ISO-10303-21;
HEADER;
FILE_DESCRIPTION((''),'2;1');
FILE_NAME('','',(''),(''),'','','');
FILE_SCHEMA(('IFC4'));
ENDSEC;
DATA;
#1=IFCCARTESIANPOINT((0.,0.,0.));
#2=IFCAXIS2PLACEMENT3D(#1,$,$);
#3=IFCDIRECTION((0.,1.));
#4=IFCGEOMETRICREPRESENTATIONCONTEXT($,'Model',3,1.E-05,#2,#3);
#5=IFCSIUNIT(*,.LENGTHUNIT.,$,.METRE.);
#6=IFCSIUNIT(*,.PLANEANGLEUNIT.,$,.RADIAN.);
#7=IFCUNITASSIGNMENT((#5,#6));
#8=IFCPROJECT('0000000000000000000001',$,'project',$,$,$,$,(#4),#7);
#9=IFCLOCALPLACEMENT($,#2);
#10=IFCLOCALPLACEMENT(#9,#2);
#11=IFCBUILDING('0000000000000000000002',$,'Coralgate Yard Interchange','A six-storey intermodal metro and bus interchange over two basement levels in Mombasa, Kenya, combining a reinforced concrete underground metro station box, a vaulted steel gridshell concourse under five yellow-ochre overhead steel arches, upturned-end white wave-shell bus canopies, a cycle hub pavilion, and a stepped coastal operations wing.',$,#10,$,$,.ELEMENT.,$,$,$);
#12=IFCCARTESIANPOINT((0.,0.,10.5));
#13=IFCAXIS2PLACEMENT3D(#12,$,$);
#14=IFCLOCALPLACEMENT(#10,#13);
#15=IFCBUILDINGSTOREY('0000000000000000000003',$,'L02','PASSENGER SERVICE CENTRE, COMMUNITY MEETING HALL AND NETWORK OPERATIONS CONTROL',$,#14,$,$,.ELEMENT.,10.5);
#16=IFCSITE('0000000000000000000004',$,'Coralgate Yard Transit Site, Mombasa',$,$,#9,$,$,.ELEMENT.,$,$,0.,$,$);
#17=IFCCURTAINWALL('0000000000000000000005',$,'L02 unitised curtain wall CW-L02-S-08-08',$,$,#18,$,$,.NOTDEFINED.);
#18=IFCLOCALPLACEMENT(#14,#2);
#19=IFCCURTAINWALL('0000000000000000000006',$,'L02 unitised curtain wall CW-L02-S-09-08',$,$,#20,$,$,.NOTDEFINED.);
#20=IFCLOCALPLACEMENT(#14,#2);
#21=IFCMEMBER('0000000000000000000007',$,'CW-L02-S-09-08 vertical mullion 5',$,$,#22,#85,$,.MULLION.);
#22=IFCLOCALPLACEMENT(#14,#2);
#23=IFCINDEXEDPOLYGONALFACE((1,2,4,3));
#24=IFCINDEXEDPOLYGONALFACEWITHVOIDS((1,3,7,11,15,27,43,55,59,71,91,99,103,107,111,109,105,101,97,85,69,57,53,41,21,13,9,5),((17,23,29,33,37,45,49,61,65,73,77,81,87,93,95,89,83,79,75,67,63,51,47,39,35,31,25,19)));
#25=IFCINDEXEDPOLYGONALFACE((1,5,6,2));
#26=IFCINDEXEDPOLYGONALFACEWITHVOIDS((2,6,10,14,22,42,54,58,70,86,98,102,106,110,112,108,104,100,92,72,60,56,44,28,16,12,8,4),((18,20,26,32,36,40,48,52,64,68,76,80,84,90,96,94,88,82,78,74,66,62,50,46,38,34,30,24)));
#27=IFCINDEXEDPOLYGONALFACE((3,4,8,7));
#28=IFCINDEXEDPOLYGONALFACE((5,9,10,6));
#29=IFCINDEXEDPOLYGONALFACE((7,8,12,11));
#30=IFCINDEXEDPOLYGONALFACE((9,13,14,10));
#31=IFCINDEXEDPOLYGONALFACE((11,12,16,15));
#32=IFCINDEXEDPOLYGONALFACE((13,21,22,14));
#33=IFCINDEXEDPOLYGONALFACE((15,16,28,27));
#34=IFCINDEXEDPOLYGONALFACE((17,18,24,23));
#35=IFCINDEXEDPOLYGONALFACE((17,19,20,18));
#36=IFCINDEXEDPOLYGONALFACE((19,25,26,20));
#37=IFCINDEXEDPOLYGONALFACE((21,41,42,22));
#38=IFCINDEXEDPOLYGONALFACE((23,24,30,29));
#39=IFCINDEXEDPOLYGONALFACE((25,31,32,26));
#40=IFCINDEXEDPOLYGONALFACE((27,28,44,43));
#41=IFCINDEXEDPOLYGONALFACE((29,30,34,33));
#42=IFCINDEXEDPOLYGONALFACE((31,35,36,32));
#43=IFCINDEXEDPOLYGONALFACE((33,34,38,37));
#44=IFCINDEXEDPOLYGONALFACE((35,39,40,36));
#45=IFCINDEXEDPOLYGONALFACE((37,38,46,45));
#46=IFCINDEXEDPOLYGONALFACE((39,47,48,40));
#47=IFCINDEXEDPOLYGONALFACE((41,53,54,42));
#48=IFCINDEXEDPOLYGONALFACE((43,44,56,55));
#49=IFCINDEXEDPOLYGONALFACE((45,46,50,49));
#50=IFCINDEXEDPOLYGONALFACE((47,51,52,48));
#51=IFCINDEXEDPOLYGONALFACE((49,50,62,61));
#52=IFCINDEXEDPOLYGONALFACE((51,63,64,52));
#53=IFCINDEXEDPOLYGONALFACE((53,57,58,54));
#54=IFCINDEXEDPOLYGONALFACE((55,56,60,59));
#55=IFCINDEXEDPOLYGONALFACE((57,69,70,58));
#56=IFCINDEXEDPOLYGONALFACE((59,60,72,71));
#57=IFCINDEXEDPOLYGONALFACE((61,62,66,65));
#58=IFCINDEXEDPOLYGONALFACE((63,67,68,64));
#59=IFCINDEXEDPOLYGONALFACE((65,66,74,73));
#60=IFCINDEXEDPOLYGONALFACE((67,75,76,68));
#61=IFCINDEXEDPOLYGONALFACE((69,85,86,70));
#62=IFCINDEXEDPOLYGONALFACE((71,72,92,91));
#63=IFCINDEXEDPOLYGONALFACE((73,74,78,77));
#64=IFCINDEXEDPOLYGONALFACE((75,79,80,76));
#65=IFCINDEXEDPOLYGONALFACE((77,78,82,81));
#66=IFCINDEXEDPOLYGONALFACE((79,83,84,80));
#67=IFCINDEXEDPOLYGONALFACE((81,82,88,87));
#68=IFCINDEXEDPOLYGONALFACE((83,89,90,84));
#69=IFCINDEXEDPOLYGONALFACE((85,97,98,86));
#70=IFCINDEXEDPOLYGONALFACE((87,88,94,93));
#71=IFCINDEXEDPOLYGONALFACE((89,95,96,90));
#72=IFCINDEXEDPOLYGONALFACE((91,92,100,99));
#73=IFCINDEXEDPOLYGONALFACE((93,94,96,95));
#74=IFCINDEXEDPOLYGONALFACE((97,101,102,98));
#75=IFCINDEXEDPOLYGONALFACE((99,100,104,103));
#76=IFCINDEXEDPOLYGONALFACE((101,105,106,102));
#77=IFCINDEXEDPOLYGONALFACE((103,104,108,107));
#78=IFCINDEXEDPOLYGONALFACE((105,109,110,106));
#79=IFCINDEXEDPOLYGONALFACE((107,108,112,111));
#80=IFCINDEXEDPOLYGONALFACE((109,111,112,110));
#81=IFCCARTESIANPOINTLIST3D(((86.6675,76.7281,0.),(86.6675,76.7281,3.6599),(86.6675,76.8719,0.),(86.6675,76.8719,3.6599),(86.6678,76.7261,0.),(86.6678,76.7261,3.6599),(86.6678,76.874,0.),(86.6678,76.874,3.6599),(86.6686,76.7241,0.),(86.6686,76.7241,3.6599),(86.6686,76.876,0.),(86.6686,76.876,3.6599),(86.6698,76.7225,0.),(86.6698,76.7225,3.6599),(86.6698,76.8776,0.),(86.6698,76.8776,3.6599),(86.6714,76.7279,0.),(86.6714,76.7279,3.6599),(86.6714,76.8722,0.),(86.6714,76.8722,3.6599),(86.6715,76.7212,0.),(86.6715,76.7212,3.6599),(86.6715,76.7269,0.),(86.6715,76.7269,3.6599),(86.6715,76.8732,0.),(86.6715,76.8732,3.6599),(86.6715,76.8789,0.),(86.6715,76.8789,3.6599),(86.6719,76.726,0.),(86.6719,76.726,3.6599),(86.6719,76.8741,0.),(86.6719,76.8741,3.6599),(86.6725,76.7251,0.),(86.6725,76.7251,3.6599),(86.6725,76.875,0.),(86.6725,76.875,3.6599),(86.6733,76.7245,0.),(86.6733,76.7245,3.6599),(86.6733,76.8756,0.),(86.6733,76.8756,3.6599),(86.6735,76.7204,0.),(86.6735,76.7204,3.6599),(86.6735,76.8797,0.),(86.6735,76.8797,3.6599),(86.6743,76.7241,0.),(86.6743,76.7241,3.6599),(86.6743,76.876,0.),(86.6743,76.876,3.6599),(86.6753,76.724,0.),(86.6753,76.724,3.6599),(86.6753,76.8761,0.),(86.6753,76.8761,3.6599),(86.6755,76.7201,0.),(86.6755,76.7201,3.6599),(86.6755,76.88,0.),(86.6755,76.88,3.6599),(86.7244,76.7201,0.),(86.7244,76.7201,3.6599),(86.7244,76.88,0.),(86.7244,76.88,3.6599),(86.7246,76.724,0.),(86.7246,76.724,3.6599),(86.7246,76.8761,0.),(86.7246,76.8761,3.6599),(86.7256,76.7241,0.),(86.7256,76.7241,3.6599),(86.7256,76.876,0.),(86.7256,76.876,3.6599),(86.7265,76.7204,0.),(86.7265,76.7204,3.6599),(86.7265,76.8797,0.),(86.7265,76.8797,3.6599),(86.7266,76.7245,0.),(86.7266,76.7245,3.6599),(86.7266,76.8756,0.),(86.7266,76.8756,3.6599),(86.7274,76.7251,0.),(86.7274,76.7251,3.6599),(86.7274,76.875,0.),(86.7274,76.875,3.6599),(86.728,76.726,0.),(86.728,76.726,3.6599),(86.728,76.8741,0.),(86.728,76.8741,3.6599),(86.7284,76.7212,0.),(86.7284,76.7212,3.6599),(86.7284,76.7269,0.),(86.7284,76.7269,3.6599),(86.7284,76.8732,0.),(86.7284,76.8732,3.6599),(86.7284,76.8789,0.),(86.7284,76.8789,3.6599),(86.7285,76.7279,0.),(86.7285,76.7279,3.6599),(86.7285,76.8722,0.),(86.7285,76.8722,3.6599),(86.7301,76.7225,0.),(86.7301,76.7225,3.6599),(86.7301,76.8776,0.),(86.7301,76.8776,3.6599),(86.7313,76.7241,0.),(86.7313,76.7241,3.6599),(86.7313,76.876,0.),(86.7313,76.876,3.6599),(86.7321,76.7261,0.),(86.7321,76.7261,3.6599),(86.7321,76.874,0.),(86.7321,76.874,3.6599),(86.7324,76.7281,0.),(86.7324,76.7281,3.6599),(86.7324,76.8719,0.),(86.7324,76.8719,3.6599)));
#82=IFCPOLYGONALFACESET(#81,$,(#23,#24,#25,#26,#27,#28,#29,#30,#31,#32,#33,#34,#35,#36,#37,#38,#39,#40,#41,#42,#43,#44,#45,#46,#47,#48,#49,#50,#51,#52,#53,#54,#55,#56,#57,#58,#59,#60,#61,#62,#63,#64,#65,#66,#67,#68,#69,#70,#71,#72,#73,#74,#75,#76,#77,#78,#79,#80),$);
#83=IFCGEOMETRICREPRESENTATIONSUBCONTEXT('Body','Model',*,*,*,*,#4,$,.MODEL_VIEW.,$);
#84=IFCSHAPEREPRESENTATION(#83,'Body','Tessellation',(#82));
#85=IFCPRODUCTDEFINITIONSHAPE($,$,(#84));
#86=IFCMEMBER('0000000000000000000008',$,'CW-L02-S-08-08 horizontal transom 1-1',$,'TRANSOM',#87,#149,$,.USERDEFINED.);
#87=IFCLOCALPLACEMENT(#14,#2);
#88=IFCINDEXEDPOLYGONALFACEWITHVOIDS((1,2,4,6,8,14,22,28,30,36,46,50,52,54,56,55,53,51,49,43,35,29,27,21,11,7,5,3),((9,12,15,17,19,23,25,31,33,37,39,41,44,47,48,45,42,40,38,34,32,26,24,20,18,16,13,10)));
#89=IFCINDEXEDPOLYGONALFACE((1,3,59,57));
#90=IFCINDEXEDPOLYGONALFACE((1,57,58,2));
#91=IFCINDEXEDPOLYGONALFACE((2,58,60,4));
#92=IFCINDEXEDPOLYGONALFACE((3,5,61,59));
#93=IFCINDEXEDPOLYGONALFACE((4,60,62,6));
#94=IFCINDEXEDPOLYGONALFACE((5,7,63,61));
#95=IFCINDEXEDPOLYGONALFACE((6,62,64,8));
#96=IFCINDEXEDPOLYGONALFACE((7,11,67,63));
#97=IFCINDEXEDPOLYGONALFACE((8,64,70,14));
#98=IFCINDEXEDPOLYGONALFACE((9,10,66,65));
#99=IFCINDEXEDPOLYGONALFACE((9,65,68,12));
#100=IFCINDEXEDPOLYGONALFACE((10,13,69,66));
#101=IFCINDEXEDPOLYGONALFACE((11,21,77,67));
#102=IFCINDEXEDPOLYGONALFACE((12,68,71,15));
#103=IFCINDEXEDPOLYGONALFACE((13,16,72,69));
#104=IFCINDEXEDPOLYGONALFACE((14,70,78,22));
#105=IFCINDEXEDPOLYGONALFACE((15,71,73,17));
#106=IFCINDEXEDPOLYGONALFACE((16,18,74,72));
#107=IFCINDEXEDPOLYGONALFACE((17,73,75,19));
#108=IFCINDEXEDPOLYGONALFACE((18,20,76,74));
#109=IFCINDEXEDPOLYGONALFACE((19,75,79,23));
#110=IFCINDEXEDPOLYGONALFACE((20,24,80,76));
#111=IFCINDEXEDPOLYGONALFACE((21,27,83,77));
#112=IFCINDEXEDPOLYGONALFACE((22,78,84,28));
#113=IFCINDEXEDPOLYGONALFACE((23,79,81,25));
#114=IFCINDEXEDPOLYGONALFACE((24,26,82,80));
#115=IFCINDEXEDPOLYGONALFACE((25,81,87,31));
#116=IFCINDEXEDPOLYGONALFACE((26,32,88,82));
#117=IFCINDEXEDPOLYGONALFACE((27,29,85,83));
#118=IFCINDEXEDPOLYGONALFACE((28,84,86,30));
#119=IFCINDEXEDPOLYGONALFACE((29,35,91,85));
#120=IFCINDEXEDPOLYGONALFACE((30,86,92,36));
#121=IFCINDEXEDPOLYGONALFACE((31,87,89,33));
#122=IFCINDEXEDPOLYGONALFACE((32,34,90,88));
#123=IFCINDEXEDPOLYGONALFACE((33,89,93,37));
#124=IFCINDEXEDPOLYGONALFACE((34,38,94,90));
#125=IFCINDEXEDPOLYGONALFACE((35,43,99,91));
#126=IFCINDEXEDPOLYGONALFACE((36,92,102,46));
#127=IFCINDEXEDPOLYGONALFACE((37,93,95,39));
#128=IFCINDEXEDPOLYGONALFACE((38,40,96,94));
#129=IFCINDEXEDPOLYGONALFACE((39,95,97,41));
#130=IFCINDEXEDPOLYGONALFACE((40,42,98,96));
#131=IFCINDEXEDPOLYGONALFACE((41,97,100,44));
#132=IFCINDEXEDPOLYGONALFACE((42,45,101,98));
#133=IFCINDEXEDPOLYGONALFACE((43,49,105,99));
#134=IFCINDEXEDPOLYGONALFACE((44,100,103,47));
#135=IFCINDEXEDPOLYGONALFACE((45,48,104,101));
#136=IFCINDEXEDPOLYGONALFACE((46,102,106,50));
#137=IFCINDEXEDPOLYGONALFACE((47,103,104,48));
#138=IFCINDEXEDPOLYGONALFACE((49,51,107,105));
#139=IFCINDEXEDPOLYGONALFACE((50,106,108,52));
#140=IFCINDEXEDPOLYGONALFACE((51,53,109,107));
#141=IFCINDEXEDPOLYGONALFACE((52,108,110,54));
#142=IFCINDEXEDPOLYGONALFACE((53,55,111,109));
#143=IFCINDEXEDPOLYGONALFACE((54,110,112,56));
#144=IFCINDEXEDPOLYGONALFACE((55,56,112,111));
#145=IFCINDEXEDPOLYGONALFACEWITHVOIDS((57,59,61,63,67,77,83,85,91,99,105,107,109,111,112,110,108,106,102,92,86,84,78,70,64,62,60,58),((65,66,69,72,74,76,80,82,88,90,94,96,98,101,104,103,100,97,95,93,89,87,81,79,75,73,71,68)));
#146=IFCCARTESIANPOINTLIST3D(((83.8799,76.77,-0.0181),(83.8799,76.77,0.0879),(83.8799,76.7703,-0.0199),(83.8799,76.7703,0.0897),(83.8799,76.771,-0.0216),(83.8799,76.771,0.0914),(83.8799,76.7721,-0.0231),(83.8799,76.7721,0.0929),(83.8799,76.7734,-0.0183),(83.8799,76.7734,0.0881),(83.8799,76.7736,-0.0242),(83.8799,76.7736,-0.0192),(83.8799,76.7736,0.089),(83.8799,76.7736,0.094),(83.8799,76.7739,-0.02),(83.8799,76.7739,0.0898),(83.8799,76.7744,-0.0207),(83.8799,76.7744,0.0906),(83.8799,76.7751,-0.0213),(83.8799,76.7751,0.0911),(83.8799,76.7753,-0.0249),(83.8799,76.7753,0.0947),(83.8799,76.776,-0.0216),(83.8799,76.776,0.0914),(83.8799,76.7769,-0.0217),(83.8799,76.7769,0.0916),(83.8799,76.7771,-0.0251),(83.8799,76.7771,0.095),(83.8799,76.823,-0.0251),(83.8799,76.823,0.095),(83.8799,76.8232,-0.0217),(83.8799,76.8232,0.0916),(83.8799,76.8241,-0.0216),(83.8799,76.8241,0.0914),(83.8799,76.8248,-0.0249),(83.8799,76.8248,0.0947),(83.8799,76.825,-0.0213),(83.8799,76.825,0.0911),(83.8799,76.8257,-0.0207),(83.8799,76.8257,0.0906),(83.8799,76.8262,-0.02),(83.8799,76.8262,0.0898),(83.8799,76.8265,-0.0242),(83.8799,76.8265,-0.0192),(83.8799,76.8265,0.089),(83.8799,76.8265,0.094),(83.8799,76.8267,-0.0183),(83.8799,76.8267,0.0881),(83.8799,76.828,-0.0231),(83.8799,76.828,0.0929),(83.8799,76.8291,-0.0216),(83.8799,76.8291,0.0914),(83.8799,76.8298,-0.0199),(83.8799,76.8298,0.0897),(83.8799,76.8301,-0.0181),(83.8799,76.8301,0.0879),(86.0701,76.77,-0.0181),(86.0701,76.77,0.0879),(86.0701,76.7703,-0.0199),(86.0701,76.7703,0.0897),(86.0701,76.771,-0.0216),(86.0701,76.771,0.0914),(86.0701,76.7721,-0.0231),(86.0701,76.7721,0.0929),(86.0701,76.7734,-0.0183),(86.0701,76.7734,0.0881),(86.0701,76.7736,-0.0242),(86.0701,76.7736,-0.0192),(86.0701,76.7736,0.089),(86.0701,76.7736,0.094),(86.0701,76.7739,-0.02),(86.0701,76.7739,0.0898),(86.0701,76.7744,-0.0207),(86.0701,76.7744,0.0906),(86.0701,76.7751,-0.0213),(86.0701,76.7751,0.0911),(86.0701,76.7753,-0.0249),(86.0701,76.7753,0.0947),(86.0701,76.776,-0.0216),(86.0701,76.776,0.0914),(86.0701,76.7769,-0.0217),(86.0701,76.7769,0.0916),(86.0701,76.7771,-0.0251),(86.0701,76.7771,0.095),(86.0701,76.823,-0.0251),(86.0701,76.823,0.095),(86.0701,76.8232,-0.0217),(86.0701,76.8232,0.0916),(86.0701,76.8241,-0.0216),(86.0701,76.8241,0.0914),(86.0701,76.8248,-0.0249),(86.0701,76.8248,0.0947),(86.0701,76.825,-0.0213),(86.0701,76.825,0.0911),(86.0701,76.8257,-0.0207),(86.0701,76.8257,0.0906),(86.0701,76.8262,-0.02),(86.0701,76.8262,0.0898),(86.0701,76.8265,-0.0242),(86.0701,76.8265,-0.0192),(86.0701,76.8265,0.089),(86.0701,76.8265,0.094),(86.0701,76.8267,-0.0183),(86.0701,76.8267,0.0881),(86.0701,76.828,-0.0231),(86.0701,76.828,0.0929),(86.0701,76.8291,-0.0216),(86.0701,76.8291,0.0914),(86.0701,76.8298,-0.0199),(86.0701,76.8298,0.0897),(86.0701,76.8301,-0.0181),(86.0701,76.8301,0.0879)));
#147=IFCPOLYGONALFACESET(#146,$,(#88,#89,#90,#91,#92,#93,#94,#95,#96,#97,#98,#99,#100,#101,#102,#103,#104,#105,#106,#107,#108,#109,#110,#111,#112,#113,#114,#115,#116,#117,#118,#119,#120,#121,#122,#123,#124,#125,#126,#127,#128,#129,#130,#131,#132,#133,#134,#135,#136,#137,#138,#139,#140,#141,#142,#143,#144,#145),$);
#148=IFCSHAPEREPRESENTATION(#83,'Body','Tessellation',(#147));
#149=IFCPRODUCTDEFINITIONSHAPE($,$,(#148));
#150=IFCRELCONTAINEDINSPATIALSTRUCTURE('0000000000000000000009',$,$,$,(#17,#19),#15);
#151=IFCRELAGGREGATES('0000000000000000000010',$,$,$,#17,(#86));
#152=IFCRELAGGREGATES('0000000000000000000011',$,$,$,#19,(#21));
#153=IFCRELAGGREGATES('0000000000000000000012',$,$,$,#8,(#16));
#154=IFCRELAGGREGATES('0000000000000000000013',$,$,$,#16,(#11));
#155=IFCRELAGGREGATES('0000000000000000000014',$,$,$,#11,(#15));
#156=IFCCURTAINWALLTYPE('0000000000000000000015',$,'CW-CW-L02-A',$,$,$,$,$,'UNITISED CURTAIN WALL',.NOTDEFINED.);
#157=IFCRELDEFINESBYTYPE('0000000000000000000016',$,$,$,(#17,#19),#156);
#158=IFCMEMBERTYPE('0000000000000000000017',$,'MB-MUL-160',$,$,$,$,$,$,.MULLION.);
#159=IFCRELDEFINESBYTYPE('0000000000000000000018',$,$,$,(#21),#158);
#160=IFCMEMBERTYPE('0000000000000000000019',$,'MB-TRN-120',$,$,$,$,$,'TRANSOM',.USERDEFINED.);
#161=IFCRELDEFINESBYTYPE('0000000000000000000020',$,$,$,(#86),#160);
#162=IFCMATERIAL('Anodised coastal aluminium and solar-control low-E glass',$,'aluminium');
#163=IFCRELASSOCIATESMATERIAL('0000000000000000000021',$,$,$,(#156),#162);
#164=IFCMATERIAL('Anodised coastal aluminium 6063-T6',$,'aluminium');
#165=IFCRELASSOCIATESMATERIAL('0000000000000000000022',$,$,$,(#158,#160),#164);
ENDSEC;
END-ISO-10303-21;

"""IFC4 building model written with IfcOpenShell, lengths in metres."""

from ifc_helpers import new_model, si_unit, direction, frame, origin, origin_2d, place, context, subcontext, project, spatial, hollow_rectangle, extrude, material, material_profile, profile_set, type_object, element, aggregate, save


model = new_model("IFC4")

# Units and contexts
model_context = context("Model", 3, precision=1e-05, world=origin(), true_north=direction((0.0, 1.0)))
body_context = subcontext(model_context, "Body", "Model", "MODEL_VIEW")
ifc_project = project(units=[si_unit("LENGTHUNIT", "METRE"), si_unit("PLANEANGLEUNIT", "RADIAN")], contexts=[model_context])

# Site, building, storey
site_placement = place(None, origin())
site = spatial("IfcSite", under=ifc_project, at=site_placement, Name="Coralgate Yard Transit Site, Mombasa", CompositionType="ELEMENT", RefElevation=0.0)
building_placement = place(site_placement, origin())
building = spatial("IfcBuilding", under=site, at=building_placement, Name="Coralgate Yard Interchange", Description="A six-storey intermodal metro and bus interchange over two basement levels in Mombasa, Kenya, combining a reinforced concrete underground metro station box, a vaulted steel gridshell concourse under five yellow-ochre overhead steel arches, upturned-end white wave-shell bus canopies, a cycle hub pavilion, and a stepped coastal operations wing.", CompositionType="ELEMENT")
storey_placement = place(building_placement, frame((0.0, 0.0, 10.5)))
storey = spatial("IfcBuildingStorey", under=building, at=storey_placement, Name="L02", Description="PASSENGER SERVICE CENTRE, COMMUNITY MEETING HALL AND NETWORK OPERATIONS CONTROL", CompositionType="ELEMENT", Elevation=10.5)

# Curtain walls, member
ifc_material_1 = material(Name="Anodised coastal aluminium and solar-control low-E glass", Category="aluminium")
curtain_wall_type = type_object("IfcCurtainWallType", Name="CW-CW-L02-A", ElementType="UNITISED CURTAIN WALL", PredefinedType="NOTDEFINED", material=ifc_material_1)
curtain_wall_1_placement = place(storey_placement, origin())
curtain_wall_1 = element("IfcCurtainWall", 1, at=curtain_wall_1_placement, inside=storey, type_object=curtain_wall_type, Name="L02 unitised curtain wall CW-L02-S-08-08", PredefinedType="NOTDEFINED")
ifc_material_2 = material(Name="Anodised coastal aluminium 6063-T6", Category="aluminium")
ifc_material_profile_1 = material_profile(ifc_material_2, hollow_rectangle(XDim=0.0649, YDim=0.1599, WallThickness=0.0039, InnerFilletRadius=0.0039, OuterFilletRadius=0.0081, at=origin_2d()), Name="ALU 65x160x4")
ifc_profile_set_1 = profile_set([ifc_material_profile_1], Name="Anodised coastal aluminium 6063-T6")
member_type_1 = type_object("IfcMemberType", Name="MB-MUL-160", PredefinedType="MULLION", material=ifc_profile_set_1)
curtain_wall_2_placement = place(storey_placement, origin())
curtain_wall_2 = element("IfcCurtainWall", 2, at=curtain_wall_2_placement, inside=storey, type_object=curtain_wall_type, Name="L02 unitised curtain wall CW-L02-S-09-08", PredefinedType="NOTDEFINED")
member_1_placement = place(storey_placement, frame((86.7, 76.8, 0.0), z_axis=(0.0, 0.0, 1.0), x_axis=(1.0, 0.0, 0.0)))
member_1 = element("IfcMember", 3, at=member_1_placement, type_object=member_type_1, Name="CW-L02-S-09-08 vertical mullion 5", PredefinedType="MULLION", context=body_context, shape_type="SweptSolid", body=[
    extrude(hollow_rectangle(XDim=0.0649, YDim=0.1599, WallThickness=0.0039, InnerFilletRadius=0.0039, OuterFilletRadius=0.0081, at=origin_2d()), origin(), (0.0, 0.0, 1.0), 3.6599),
])

# Member
ifc_material_profile_2 = material_profile(ifc_material_2, hollow_rectangle(XDim=0.0601, YDim=0.1201, WallThickness=0.0034, InnerFilletRadius=0.0034, OuterFilletRadius=0.0071, at=origin_2d()), Name="ALU 60x120x3.5")
ifc_profile_set_2 = profile_set([ifc_material_profile_2], Name="Anodised coastal aluminium 6063-T6")
member_type_2 = type_object("IfcMemberType", Name="MB-TRN-120", ElementType="TRANSOM", PredefinedType="USERDEFINED", material=ifc_profile_set_2)
member_2_placement = place(storey_placement, frame((86.0701, 76.8, 0.0349), z_axis=(-1.0, 0.0, 0.0), x_axis=(0.0, -1.0, 0.0)))
member_2 = element("IfcMember", 4, at=member_2_placement, type_object=member_type_2, Name="CW-L02-S-08-08 horizontal transom 1-1", ObjectType="TRANSOM", PredefinedType="USERDEFINED", context=body_context, shape_type="SweptSolid", body=[
    extrude(hollow_rectangle(XDim=0.0601, YDim=0.1201, WallThickness=0.0034, InnerFilletRadius=0.0034, OuterFilletRadius=0.0071, at=origin_2d()), origin(), (0.0, 0.0, 1.0), 2.1902),
])

aggregate(curtain_wall_1, [member_2])
aggregate(curtain_wall_2, [member_1])

save(model, "model.ifc")
